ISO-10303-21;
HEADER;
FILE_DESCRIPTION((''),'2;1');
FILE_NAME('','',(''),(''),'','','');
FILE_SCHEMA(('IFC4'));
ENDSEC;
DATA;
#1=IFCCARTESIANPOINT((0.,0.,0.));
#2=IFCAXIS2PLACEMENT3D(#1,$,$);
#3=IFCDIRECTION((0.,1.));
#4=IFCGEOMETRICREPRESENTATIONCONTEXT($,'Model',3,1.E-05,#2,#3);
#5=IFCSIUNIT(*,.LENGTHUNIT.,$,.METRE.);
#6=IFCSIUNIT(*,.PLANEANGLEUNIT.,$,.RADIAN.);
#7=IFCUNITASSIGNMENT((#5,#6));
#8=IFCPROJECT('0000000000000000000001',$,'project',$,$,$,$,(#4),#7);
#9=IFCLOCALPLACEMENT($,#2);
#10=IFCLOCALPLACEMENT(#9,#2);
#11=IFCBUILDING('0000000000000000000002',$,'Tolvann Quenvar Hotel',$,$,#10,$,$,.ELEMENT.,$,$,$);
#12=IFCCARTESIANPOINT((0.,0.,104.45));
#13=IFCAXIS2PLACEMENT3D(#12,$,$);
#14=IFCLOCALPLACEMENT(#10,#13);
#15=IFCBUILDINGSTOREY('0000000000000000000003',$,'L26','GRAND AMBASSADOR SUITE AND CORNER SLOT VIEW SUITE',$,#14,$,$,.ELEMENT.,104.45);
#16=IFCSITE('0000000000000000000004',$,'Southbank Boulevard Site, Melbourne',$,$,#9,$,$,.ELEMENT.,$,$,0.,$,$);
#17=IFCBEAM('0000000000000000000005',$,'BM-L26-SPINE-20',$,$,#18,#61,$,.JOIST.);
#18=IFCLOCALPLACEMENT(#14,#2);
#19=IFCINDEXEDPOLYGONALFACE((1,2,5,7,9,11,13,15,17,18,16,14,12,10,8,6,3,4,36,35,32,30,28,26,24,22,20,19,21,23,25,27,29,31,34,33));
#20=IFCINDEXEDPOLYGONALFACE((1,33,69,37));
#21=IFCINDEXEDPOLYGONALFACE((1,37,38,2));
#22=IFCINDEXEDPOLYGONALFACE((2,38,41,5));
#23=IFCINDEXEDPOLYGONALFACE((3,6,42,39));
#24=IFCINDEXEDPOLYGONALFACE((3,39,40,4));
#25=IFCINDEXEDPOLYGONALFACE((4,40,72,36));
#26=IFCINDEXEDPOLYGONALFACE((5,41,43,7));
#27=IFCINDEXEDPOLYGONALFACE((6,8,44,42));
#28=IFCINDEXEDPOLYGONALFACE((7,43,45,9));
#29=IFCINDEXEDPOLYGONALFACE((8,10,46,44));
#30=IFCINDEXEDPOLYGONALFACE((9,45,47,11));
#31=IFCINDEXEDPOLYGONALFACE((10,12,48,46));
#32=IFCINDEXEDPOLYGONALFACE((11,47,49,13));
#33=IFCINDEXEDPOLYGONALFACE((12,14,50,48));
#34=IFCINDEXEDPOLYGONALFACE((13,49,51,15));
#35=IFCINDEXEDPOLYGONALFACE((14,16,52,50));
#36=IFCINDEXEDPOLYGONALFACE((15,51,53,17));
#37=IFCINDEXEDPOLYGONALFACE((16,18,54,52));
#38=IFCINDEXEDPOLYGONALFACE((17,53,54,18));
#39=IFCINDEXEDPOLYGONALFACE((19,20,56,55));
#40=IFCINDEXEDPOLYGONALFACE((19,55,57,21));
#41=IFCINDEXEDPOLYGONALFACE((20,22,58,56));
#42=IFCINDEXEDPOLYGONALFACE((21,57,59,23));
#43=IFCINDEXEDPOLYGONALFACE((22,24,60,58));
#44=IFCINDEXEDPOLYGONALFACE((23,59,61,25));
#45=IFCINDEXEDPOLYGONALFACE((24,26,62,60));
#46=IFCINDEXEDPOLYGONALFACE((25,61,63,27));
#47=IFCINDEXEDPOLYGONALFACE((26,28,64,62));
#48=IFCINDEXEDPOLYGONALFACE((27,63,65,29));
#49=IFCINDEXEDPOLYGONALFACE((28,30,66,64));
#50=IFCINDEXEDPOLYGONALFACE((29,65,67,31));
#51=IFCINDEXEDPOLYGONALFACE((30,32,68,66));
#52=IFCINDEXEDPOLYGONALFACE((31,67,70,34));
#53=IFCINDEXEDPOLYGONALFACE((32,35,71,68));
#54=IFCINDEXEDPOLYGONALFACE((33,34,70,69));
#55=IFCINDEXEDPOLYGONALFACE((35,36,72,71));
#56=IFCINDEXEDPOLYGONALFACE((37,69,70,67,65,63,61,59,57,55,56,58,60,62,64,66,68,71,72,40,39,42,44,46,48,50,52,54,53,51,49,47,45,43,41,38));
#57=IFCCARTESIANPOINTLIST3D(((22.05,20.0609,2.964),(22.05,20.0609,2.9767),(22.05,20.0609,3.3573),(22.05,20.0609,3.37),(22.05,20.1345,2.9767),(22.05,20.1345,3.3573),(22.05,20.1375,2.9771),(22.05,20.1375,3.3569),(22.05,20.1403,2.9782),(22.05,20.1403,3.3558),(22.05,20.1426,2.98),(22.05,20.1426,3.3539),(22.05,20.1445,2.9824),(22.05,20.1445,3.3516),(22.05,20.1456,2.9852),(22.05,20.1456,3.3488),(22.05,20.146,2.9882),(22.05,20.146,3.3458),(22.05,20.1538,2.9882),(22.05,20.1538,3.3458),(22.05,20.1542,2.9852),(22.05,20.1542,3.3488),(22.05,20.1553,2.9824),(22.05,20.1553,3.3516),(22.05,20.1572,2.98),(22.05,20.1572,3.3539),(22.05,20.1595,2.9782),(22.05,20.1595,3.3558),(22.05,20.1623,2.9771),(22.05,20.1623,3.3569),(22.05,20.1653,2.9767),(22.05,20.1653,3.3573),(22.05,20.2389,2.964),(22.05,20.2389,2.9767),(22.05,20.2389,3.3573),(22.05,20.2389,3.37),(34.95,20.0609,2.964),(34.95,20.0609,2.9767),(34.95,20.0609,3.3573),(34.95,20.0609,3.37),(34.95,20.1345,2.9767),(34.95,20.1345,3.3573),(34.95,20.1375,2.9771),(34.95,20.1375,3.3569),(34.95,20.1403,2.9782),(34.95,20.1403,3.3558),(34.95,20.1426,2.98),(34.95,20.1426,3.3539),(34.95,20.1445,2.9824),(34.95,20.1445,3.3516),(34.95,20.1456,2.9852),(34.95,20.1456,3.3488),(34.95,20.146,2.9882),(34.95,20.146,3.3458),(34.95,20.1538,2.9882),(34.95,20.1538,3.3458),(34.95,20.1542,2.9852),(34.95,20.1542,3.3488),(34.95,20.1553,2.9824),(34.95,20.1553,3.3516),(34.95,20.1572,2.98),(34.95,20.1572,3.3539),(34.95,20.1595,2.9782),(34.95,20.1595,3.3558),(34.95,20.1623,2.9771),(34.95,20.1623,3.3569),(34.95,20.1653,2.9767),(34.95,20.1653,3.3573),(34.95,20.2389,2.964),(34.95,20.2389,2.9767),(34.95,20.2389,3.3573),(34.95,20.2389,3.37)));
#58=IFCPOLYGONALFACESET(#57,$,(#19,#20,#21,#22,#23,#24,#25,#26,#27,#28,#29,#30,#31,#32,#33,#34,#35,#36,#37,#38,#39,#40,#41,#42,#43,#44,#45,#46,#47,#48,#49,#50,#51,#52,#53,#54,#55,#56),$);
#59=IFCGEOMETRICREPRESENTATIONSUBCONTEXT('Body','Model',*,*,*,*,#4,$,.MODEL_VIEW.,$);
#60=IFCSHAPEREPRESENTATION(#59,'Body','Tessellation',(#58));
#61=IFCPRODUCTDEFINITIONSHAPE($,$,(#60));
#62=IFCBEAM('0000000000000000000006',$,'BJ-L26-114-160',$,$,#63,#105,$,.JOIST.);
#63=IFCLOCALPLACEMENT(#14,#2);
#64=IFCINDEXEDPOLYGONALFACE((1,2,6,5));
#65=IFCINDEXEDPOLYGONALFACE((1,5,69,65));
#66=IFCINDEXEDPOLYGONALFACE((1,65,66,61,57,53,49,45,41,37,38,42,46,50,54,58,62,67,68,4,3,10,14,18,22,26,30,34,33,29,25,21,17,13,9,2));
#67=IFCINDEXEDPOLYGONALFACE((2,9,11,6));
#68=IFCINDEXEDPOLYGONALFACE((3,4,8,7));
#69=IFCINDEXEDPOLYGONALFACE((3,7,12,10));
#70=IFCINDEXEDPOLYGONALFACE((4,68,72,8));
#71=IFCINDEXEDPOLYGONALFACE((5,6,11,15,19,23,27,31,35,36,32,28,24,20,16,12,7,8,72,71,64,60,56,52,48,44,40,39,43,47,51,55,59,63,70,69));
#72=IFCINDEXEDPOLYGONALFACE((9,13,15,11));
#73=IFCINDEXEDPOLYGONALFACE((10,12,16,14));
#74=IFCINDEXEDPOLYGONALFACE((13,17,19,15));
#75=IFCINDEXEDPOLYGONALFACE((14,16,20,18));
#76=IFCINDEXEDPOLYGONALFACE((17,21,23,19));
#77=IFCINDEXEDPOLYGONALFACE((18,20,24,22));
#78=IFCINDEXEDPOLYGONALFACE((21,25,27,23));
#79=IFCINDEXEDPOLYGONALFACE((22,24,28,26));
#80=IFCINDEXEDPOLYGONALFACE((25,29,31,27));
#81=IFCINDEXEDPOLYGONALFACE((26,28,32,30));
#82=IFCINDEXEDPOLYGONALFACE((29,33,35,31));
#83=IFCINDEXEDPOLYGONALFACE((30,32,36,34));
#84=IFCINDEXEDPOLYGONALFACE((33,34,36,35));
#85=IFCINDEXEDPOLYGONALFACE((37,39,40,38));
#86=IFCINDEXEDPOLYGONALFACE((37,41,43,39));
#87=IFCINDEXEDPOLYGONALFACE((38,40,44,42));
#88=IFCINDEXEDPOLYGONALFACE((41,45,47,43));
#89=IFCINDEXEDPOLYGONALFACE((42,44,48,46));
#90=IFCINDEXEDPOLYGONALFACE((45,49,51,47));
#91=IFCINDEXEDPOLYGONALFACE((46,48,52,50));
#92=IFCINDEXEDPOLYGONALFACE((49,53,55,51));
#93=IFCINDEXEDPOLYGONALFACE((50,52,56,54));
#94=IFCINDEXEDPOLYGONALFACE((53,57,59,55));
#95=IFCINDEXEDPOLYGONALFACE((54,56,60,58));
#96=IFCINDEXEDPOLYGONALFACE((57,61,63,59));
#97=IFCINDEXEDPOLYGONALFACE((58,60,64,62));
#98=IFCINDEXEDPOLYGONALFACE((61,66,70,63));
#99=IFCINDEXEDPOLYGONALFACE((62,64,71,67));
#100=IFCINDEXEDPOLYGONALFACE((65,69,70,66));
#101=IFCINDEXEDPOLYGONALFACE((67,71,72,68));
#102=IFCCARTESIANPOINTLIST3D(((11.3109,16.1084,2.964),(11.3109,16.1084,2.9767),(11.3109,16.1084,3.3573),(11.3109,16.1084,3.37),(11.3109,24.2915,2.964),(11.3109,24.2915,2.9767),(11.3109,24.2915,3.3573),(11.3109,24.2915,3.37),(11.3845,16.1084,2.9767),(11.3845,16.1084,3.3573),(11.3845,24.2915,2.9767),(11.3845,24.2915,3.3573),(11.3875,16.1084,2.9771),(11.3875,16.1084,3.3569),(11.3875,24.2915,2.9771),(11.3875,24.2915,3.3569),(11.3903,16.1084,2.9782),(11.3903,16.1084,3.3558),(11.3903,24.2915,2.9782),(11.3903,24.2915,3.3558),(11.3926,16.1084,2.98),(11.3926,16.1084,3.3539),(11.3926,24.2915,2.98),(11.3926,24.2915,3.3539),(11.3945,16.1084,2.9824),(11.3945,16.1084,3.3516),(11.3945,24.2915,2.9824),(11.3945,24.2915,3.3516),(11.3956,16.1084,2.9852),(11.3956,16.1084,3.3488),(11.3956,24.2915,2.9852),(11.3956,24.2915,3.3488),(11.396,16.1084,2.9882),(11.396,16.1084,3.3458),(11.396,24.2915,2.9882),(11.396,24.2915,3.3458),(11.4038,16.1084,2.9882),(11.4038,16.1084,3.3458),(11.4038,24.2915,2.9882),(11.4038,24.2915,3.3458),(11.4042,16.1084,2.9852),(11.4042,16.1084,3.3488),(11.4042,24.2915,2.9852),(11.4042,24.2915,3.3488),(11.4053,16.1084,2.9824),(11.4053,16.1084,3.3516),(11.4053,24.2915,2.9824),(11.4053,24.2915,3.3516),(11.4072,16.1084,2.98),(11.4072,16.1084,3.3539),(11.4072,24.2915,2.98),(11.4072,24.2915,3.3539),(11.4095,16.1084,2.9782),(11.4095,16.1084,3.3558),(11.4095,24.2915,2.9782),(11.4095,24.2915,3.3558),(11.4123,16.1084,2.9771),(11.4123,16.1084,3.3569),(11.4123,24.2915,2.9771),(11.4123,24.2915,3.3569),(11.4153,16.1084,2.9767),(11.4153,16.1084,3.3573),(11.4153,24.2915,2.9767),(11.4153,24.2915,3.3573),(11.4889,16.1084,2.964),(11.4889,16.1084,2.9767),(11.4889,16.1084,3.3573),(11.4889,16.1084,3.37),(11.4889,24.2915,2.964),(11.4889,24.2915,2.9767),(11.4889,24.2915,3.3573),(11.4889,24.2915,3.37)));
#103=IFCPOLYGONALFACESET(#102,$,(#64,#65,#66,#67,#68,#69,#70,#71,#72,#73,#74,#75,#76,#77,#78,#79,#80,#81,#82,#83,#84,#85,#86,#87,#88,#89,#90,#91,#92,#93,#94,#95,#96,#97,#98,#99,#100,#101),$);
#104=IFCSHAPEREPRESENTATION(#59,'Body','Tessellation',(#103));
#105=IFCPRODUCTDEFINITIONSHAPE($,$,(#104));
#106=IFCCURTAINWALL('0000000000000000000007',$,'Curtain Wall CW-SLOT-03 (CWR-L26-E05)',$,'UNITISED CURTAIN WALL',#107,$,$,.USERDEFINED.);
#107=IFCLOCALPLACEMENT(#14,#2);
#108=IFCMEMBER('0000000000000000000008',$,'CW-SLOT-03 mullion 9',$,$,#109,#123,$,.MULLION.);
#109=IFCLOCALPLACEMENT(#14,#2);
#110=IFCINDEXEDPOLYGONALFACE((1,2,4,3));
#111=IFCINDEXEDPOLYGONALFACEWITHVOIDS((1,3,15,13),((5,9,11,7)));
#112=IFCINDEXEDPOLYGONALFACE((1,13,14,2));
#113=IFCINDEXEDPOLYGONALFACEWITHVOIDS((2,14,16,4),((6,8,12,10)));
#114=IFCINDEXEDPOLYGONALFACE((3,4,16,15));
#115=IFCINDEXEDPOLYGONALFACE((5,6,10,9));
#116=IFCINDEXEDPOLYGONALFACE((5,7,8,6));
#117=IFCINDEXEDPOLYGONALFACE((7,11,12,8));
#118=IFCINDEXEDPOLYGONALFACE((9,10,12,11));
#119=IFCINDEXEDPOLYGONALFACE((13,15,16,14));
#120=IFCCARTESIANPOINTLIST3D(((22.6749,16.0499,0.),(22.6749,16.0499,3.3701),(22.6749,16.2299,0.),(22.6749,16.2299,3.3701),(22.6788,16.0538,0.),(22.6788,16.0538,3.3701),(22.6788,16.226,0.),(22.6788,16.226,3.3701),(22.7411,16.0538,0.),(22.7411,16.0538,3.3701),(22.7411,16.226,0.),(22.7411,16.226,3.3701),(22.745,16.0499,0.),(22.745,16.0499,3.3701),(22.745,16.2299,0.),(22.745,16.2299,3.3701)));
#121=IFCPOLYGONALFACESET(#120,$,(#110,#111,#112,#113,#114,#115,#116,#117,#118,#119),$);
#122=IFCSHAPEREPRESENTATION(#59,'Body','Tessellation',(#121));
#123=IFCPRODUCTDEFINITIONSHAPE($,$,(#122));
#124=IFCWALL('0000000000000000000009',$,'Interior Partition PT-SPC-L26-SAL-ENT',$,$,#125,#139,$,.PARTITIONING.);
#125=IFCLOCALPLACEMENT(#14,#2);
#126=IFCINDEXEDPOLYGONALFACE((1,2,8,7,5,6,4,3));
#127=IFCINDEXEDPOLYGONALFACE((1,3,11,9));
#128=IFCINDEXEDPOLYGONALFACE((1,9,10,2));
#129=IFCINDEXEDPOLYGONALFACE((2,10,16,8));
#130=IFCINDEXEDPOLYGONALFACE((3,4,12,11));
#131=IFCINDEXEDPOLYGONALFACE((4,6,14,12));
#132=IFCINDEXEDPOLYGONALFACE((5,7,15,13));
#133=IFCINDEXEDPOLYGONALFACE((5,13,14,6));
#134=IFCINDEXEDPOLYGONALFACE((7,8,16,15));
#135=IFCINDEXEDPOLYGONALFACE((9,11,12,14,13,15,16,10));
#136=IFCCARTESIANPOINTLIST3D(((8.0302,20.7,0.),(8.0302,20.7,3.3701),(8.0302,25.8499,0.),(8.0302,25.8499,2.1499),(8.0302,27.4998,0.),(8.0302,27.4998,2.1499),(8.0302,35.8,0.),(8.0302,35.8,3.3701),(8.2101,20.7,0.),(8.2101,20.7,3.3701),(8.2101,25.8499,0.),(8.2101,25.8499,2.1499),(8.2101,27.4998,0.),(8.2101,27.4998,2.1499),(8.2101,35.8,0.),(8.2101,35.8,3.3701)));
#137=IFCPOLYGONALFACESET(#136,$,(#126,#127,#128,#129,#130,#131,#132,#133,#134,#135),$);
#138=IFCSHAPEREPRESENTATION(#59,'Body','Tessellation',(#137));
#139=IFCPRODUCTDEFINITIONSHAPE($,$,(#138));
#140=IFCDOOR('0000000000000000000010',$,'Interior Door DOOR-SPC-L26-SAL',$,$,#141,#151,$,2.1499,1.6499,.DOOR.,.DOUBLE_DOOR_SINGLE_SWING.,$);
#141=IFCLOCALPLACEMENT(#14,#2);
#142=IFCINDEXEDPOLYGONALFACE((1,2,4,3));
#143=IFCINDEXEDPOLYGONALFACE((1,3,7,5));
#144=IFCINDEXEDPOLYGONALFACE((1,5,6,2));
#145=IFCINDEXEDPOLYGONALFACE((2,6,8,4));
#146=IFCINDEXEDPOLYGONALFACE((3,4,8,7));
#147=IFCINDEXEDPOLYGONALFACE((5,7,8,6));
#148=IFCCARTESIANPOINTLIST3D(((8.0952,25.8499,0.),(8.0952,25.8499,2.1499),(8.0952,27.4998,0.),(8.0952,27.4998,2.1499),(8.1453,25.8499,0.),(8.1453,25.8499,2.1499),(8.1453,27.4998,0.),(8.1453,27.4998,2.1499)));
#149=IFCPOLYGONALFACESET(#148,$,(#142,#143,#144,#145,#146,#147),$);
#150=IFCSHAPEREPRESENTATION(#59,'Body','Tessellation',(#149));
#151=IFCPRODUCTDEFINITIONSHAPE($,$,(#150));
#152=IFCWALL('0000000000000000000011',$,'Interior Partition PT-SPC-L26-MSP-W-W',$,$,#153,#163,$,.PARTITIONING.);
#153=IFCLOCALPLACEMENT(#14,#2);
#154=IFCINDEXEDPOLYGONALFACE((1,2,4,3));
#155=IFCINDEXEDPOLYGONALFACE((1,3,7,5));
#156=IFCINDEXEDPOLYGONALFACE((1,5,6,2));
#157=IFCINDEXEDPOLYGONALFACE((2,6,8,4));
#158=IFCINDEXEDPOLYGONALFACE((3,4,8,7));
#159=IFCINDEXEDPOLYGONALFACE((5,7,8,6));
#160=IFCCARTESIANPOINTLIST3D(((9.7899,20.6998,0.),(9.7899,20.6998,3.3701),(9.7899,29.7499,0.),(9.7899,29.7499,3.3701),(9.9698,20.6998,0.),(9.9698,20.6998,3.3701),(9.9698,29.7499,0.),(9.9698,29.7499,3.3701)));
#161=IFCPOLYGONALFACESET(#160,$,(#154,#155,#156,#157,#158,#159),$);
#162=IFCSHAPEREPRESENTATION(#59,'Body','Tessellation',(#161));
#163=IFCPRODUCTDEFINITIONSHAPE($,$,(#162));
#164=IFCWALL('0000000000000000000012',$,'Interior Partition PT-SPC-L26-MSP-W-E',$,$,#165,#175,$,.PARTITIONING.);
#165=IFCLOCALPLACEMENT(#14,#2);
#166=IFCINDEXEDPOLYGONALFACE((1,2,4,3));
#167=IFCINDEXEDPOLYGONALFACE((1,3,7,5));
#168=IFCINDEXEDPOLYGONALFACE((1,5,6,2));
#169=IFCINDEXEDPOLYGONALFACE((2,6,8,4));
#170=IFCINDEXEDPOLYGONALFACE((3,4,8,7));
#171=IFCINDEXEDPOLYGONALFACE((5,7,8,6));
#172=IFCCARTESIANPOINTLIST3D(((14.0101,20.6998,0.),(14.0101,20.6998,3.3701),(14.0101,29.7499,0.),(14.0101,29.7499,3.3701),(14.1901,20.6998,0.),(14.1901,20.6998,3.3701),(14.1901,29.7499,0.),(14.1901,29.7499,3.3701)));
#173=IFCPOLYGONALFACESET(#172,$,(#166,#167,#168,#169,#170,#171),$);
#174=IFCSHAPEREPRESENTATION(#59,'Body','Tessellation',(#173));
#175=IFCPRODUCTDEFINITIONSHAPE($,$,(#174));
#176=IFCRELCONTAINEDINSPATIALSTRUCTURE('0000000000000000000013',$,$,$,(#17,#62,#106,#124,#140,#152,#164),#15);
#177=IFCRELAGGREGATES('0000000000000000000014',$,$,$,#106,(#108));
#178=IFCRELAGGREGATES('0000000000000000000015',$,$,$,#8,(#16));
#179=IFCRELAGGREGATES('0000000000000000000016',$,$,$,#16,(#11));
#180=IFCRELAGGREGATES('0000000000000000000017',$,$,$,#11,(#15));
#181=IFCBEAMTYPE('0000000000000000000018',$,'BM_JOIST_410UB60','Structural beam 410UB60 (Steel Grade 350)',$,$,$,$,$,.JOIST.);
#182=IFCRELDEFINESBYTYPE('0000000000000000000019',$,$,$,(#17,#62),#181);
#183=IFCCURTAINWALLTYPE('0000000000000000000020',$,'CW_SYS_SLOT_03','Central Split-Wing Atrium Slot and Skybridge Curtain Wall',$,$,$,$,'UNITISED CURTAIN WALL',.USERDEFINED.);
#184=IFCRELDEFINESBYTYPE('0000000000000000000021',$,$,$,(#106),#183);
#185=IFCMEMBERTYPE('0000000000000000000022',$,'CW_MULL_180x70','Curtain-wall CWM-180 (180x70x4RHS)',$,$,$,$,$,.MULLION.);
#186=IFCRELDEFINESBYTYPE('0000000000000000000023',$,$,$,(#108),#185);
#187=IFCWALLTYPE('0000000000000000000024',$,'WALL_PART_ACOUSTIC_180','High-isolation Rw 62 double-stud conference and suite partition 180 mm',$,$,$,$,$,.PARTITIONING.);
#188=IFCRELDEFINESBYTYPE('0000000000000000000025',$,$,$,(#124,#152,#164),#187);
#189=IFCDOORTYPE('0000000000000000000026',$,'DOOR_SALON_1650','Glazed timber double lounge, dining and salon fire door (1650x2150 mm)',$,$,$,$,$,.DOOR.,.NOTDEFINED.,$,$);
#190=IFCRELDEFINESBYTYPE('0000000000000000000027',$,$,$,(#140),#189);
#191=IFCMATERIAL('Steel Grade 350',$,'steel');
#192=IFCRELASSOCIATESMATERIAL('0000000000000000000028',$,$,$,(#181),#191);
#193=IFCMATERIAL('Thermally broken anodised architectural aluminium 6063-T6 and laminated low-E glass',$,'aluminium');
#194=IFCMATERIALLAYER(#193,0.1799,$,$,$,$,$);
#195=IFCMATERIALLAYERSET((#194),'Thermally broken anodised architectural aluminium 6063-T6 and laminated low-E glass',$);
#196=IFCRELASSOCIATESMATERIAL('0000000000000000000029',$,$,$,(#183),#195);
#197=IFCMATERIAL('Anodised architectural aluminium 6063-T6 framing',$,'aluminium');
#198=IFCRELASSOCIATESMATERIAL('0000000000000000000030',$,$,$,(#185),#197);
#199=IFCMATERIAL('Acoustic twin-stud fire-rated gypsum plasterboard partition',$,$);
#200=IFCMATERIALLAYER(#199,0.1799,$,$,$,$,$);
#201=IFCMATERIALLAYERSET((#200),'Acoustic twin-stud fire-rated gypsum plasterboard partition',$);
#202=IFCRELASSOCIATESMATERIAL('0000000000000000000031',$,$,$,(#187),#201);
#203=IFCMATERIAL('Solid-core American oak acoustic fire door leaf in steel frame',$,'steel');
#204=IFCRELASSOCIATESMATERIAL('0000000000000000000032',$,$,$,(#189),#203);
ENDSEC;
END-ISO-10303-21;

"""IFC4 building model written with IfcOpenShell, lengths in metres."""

from ifc_helpers import new_model, si_unit, direction, frame, frame_2d, origin, origin_2d, place, context, subcontext, project, spatial, rectangle, hollow_rectangle, i_section, extrude, source, transform, mapped, material, layer, layer_set, material_profile, profile_set, type_object, type_shapes, element, fill, aggregate, save


model = new_model("IFC4")

# Units and contexts
model_context = context("Model", 3, precision=1e-05, world=origin(), true_north=direction((0.0, 1.0)))
body_context = subcontext(model_context, "Body", "Model", "MODEL_VIEW")
ifc_project = project(units=[si_unit("LENGTHUNIT", "METRE"), si_unit("PLANEANGLEUNIT", "RADIAN")], contexts=[model_context])

# Site, building, storey
site_placement = place(None, origin())
site = spatial("IfcSite", under=ifc_project, at=site_placement, Name="Southbank Boulevard Site, Melbourne", CompositionType="ELEMENT", RefElevation=0.0)
building_placement = place(site_placement, origin())
building = spatial("IfcBuilding", under=site, at=building_placement, Name="Tolvann Quenvar Hotel", CompositionType="ELEMENT")
storey_placement = place(building_placement, frame((0.0, 0.0, 104.45)))
storey = spatial("IfcBuildingStorey", under=building, at=storey_placement, Name="L26", Description="GRAND AMBASSADOR SUITE AND CORNER SLOT VIEW SUITE", CompositionType="ELEMENT", Elevation=104.45)

# Beams
ifc_material_1 = material(Name="Steel Grade 350", Category="steel")
ifc_material_profile_1 = material_profile(ifc_material_1, i_section(OverallWidth=0.178, OverallDepth=0.406, WebThickness=0.0078, FlangeThickness=0.0127, FilletRadius=0.0115, at=origin_2d()), Name="410UB60")
ifc_profile_set_1 = profile_set([ifc_material_profile_1], Name="Steel Grade 350")
beam_type_1 = type_object("IfcBeamType", Name="BM_JOIST_410UB60", Description="Structural beam 410UB60 (Steel Grade 350)", PredefinedType="JOIST", material=ifc_profile_set_1)
shared_shape_1 = source(origin(), body_context, "Body", "SweptSolid", [
    extrude(i_section(OverallWidth=0.178, OverallDepth=0.406, WebThickness=0.0078, FlangeThickness=0.0127, FilletRadius=0.0115, at=origin_2d()), origin(), (0.0, 0.0, 1.0), 12.8999),
])
beam_1_placement = place(storey_placement, frame((22.05, 20.1499, 3.167), z_axis=(1.0, 0.0, 0.0), x_axis=(0.0, 1.0, 0.0)))
element("IfcBeam", 1, at=beam_1_placement, inside=storey, type_object=beam_type_1, Name="BM-L26-SPINE-20", PredefinedType="JOIST", context=body_context, shape_type="MappedRepresentation", body=[
    mapped(shared_shape_1, transform((0.0, 0.0, 0.0), x_axis=(1.0, 0.0, 0.0), y_axis=(0.0, 1.0, 0.0), z_axis=(0.0, 0.0, 1.0), scale=1.0)),
])
shared_shape_2 = source(origin(), body_context, "Body", "SweptSolid", [
    extrude(i_section(OverallWidth=0.178, OverallDepth=0.406, WebThickness=0.0078, FlangeThickness=0.0127, FilletRadius=0.0115, at=origin_2d()), origin(), (0.0, 0.0, 1.0), 8.1831),
])
type_shapes(beam_type_1, [shared_shape_1, shared_shape_2])
beam_2_placement = place(storey_placement, frame((11.3999, 16.1084, 3.167), z_axis=(0.0, 1.0, 0.0), x_axis=(-1.0, 0.0, 0.0)))
element("IfcBeam", 2, at=beam_2_placement, inside=storey, type_object=beam_type_1, Name="BJ-L26-114-160", PredefinedType="JOIST", context=body_context, shape_type="MappedRepresentation", body=[
    mapped(shared_shape_2, transform((0.0, 0.0, 0.0), x_axis=(1.0, 0.0, 0.0), y_axis=(0.0, 1.0, 0.0), z_axis=(0.0, 0.0, 1.0), scale=1.0)),
])

# Curtain wall, member
ifc_material_2 = material(Name="Thermally broken anodised architectural aluminium 6063-T6 and laminated low-E glass", Category="aluminium")
ifc_layer_1 = layer(ifc_material_2, 0.1799)
ifc_layer_set_1 = layer_set([ifc_layer_1], Name="Thermally broken anodised architectural aluminium 6063-T6 and laminated low-E glass")
curtain_wall_type = type_object("IfcCurtainWallType", Name="CW_SYS_SLOT_03", Description="Central Split-Wing Atrium Slot and Skybridge Curtain Wall", ElementType="UNITISED CURTAIN WALL", PredefinedType="USERDEFINED", material=ifc_layer_set_1)
curtain_wall_placement = place(storey_placement, origin())
curtain_wall = element("IfcCurtainWall", 3, at=curtain_wall_placement, inside=storey, type_object=curtain_wall_type, Name="Curtain Wall CW-SLOT-03 (CWR-L26-E05)", ObjectType="UNITISED CURTAIN WALL", PredefinedType="USERDEFINED")
ifc_material_3 = material(Name="Anodised architectural aluminium 6063-T6 framing", Category="aluminium")
ifc_material_profile_2 = material_profile(ifc_material_3, hollow_rectangle(XDim=0.0701, YDim=0.1799, WallThickness=0.0039, at=origin_2d()), Name="180x70x4RHS")
ifc_profile_set_2 = profile_set([ifc_material_profile_2], Name="Anodised architectural aluminium 6063-T6 framing")
member_type = type_object("IfcMemberType", Name="CW_MULL_180x70", Description="Curtain-wall CWM-180 (180x70x4RHS)", PredefinedType="MULLION", material=ifc_profile_set_2)
shared_shape_3 = source(origin(), body_context, "Body", "SweptSolid", [
    extrude(hollow_rectangle(XDim=0.0701, YDim=0.1799, WallThickness=0.0039, at=origin_2d()), origin(), (0.0, 0.0, 1.0), 3.3701),
])
type_shapes(member_type, [shared_shape_3])
member_placement = place(storey_placement, frame((22.71, 16.1399, 0.0), z_axis=(0.0, 0.0, 1.0), x_axis=(-1.0, 0.0, 0.0)))
member = element("IfcMember", 4, at=member_placement, type_object=member_type, Name="CW-SLOT-03 mullion 9", PredefinedType="MULLION", context=body_context, shape_type="MappedRepresentation", body=[
    mapped(shared_shape_3, transform((0.0, 0.0, 0.0), x_axis=(1.0, 0.0, 0.0), y_axis=(0.0, 1.0, 0.0), z_axis=(0.0, 0.0, 1.0), scale=1.0)),
])
aggregate(curtain_wall, [member])

# Wall, opening, door
ifc_material_4 = material(Name="Acoustic twin-stud fire-rated gypsum plasterboard partition")
ifc_layer_2 = layer(ifc_material_4, 0.1799)
ifc_layer_set_2 = layer_set([ifc_layer_2], Name="Acoustic twin-stud fire-rated gypsum plasterboard partition")
wall_type_1 = type_object("IfcWallType", Name="WALL_PART_ACOUSTIC_180", Description="High-isolation Rw 62 double-stud conference and suite partition 180 mm", PredefinedType="PARTITIONING", material=ifc_layer_set_2)
wall_1_placement = place(storey_placement, frame((8.1201, 20.7, 0.0), z_axis=(0.0, 0.0, 1.0), x_axis=(0.0, 1.0, 0.0)))
wall_1 = element("IfcWall", 5, at=wall_1_placement, inside=storey, type_object=wall_type_1, Name="Interior Partition PT-SPC-L26-SAL-ENT", PredefinedType="PARTITIONING", context=body_context, shape_type="SweptSolid", body=[
    extrude(rectangle(XDim=15.1001, YDim=0.1799, at=frame_2d((7.55, 0.0))), origin(), (0.0, 0.0, 1.0), 3.3701),
])
opening_1_placement = place(wall_1_placement, frame((5.1499, 0.0, 0.0)))
opening_1 = element("IfcOpeningElement", 6, at=opening_1_placement, cuts=wall_1, PredefinedType="OPENING", context=body_context, shape_type="SweptSolid", body=[
    extrude(rectangle(XDim=1.6499, YDim=2.1499, at=frame_2d((0.825, 1.075))), frame((0.0, 0.1001, 0.0), z_axis=(0.0, -1.0, 0.0), x_axis=(1.0, 0.0, 0.0)), (0.0, 0.0, 1.0), 0.2),
])
ifc_material_5 = material(Name="Solid-core American oak acoustic fire door leaf in steel frame", Category="steel")
door_type = type_object("IfcDoorType", Name="DOOR_SALON_1650", Description="Glazed timber double lounge, dining and salon fire door (1650x2150 mm)", OperationType="NOTDEFINED", PredefinedType="DOOR", material=ifc_material_5)
shared_shape_4 = source(origin(), body_context, "Body", "SweptSolid", [
    extrude(rectangle(XDim=1.6499, YDim=2.1499, at=frame_2d((0.825, 1.075))), frame((0.0, 0.0249, 0.0), z_axis=(0.0, -1.0, 0.0), x_axis=(1.0, 0.0, 0.0)), (0.0, 0.0, 1.0), 0.05),
])
type_shapes(door_type, [shared_shape_4])
door_1_placement = place(opening_1_placement, origin())
door_1 = element("IfcDoor", 7, at=door_1_placement, inside=storey, type_object=door_type, Name="Interior Door DOOR-SPC-L26-SAL", OperationType="DOUBLE_DOOR_SINGLE_SWING", OverallHeight=2.1499, OverallWidth=1.6499, PredefinedType="DOOR", context=body_context, shape_type="MappedRepresentation", body=[
    mapped(shared_shape_4, transform((0.0, 0.0, 0.0), x_axis=(1.0, 0.0, 0.0), y_axis=(0.0, 1.0, 0.0), z_axis=(0.0, 0.0, 1.0), scale=1.0)),
])
fill(opening_1, door_1)

# Walls
for number, where, z_axis, x_axis, name in (
    (8, (9.8799, 20.7, 0.0), (0.0, 0.0, 1.0), (0.0, 1.0, 0.0), "Interior Partition PT-SPC-L26-MSP-W-W"),
    (9, (14.1001, 20.7, 0.0), (0.0, 0.0, 1.0), (0.0, 1.0, 0.0), "Interior Partition PT-SPC-L26-MSP-W-E"),
):
    element("IfcWall", number, at=place(storey_placement, frame(where, z_axis=z_axis, x_axis=x_axis)), inside=storey, type_object=wall_type_1, Name=name, PredefinedType="PARTITIONING", context=body_context, shape_type="SweptSolid", body=[
        extrude(rectangle(XDim=9.05, YDim=0.1799, at=frame_2d((4.5249, 0.0))), origin(), (0.0, 0.0, 1.0), 3.3701),
    ])

save(model, "model.ifc")
